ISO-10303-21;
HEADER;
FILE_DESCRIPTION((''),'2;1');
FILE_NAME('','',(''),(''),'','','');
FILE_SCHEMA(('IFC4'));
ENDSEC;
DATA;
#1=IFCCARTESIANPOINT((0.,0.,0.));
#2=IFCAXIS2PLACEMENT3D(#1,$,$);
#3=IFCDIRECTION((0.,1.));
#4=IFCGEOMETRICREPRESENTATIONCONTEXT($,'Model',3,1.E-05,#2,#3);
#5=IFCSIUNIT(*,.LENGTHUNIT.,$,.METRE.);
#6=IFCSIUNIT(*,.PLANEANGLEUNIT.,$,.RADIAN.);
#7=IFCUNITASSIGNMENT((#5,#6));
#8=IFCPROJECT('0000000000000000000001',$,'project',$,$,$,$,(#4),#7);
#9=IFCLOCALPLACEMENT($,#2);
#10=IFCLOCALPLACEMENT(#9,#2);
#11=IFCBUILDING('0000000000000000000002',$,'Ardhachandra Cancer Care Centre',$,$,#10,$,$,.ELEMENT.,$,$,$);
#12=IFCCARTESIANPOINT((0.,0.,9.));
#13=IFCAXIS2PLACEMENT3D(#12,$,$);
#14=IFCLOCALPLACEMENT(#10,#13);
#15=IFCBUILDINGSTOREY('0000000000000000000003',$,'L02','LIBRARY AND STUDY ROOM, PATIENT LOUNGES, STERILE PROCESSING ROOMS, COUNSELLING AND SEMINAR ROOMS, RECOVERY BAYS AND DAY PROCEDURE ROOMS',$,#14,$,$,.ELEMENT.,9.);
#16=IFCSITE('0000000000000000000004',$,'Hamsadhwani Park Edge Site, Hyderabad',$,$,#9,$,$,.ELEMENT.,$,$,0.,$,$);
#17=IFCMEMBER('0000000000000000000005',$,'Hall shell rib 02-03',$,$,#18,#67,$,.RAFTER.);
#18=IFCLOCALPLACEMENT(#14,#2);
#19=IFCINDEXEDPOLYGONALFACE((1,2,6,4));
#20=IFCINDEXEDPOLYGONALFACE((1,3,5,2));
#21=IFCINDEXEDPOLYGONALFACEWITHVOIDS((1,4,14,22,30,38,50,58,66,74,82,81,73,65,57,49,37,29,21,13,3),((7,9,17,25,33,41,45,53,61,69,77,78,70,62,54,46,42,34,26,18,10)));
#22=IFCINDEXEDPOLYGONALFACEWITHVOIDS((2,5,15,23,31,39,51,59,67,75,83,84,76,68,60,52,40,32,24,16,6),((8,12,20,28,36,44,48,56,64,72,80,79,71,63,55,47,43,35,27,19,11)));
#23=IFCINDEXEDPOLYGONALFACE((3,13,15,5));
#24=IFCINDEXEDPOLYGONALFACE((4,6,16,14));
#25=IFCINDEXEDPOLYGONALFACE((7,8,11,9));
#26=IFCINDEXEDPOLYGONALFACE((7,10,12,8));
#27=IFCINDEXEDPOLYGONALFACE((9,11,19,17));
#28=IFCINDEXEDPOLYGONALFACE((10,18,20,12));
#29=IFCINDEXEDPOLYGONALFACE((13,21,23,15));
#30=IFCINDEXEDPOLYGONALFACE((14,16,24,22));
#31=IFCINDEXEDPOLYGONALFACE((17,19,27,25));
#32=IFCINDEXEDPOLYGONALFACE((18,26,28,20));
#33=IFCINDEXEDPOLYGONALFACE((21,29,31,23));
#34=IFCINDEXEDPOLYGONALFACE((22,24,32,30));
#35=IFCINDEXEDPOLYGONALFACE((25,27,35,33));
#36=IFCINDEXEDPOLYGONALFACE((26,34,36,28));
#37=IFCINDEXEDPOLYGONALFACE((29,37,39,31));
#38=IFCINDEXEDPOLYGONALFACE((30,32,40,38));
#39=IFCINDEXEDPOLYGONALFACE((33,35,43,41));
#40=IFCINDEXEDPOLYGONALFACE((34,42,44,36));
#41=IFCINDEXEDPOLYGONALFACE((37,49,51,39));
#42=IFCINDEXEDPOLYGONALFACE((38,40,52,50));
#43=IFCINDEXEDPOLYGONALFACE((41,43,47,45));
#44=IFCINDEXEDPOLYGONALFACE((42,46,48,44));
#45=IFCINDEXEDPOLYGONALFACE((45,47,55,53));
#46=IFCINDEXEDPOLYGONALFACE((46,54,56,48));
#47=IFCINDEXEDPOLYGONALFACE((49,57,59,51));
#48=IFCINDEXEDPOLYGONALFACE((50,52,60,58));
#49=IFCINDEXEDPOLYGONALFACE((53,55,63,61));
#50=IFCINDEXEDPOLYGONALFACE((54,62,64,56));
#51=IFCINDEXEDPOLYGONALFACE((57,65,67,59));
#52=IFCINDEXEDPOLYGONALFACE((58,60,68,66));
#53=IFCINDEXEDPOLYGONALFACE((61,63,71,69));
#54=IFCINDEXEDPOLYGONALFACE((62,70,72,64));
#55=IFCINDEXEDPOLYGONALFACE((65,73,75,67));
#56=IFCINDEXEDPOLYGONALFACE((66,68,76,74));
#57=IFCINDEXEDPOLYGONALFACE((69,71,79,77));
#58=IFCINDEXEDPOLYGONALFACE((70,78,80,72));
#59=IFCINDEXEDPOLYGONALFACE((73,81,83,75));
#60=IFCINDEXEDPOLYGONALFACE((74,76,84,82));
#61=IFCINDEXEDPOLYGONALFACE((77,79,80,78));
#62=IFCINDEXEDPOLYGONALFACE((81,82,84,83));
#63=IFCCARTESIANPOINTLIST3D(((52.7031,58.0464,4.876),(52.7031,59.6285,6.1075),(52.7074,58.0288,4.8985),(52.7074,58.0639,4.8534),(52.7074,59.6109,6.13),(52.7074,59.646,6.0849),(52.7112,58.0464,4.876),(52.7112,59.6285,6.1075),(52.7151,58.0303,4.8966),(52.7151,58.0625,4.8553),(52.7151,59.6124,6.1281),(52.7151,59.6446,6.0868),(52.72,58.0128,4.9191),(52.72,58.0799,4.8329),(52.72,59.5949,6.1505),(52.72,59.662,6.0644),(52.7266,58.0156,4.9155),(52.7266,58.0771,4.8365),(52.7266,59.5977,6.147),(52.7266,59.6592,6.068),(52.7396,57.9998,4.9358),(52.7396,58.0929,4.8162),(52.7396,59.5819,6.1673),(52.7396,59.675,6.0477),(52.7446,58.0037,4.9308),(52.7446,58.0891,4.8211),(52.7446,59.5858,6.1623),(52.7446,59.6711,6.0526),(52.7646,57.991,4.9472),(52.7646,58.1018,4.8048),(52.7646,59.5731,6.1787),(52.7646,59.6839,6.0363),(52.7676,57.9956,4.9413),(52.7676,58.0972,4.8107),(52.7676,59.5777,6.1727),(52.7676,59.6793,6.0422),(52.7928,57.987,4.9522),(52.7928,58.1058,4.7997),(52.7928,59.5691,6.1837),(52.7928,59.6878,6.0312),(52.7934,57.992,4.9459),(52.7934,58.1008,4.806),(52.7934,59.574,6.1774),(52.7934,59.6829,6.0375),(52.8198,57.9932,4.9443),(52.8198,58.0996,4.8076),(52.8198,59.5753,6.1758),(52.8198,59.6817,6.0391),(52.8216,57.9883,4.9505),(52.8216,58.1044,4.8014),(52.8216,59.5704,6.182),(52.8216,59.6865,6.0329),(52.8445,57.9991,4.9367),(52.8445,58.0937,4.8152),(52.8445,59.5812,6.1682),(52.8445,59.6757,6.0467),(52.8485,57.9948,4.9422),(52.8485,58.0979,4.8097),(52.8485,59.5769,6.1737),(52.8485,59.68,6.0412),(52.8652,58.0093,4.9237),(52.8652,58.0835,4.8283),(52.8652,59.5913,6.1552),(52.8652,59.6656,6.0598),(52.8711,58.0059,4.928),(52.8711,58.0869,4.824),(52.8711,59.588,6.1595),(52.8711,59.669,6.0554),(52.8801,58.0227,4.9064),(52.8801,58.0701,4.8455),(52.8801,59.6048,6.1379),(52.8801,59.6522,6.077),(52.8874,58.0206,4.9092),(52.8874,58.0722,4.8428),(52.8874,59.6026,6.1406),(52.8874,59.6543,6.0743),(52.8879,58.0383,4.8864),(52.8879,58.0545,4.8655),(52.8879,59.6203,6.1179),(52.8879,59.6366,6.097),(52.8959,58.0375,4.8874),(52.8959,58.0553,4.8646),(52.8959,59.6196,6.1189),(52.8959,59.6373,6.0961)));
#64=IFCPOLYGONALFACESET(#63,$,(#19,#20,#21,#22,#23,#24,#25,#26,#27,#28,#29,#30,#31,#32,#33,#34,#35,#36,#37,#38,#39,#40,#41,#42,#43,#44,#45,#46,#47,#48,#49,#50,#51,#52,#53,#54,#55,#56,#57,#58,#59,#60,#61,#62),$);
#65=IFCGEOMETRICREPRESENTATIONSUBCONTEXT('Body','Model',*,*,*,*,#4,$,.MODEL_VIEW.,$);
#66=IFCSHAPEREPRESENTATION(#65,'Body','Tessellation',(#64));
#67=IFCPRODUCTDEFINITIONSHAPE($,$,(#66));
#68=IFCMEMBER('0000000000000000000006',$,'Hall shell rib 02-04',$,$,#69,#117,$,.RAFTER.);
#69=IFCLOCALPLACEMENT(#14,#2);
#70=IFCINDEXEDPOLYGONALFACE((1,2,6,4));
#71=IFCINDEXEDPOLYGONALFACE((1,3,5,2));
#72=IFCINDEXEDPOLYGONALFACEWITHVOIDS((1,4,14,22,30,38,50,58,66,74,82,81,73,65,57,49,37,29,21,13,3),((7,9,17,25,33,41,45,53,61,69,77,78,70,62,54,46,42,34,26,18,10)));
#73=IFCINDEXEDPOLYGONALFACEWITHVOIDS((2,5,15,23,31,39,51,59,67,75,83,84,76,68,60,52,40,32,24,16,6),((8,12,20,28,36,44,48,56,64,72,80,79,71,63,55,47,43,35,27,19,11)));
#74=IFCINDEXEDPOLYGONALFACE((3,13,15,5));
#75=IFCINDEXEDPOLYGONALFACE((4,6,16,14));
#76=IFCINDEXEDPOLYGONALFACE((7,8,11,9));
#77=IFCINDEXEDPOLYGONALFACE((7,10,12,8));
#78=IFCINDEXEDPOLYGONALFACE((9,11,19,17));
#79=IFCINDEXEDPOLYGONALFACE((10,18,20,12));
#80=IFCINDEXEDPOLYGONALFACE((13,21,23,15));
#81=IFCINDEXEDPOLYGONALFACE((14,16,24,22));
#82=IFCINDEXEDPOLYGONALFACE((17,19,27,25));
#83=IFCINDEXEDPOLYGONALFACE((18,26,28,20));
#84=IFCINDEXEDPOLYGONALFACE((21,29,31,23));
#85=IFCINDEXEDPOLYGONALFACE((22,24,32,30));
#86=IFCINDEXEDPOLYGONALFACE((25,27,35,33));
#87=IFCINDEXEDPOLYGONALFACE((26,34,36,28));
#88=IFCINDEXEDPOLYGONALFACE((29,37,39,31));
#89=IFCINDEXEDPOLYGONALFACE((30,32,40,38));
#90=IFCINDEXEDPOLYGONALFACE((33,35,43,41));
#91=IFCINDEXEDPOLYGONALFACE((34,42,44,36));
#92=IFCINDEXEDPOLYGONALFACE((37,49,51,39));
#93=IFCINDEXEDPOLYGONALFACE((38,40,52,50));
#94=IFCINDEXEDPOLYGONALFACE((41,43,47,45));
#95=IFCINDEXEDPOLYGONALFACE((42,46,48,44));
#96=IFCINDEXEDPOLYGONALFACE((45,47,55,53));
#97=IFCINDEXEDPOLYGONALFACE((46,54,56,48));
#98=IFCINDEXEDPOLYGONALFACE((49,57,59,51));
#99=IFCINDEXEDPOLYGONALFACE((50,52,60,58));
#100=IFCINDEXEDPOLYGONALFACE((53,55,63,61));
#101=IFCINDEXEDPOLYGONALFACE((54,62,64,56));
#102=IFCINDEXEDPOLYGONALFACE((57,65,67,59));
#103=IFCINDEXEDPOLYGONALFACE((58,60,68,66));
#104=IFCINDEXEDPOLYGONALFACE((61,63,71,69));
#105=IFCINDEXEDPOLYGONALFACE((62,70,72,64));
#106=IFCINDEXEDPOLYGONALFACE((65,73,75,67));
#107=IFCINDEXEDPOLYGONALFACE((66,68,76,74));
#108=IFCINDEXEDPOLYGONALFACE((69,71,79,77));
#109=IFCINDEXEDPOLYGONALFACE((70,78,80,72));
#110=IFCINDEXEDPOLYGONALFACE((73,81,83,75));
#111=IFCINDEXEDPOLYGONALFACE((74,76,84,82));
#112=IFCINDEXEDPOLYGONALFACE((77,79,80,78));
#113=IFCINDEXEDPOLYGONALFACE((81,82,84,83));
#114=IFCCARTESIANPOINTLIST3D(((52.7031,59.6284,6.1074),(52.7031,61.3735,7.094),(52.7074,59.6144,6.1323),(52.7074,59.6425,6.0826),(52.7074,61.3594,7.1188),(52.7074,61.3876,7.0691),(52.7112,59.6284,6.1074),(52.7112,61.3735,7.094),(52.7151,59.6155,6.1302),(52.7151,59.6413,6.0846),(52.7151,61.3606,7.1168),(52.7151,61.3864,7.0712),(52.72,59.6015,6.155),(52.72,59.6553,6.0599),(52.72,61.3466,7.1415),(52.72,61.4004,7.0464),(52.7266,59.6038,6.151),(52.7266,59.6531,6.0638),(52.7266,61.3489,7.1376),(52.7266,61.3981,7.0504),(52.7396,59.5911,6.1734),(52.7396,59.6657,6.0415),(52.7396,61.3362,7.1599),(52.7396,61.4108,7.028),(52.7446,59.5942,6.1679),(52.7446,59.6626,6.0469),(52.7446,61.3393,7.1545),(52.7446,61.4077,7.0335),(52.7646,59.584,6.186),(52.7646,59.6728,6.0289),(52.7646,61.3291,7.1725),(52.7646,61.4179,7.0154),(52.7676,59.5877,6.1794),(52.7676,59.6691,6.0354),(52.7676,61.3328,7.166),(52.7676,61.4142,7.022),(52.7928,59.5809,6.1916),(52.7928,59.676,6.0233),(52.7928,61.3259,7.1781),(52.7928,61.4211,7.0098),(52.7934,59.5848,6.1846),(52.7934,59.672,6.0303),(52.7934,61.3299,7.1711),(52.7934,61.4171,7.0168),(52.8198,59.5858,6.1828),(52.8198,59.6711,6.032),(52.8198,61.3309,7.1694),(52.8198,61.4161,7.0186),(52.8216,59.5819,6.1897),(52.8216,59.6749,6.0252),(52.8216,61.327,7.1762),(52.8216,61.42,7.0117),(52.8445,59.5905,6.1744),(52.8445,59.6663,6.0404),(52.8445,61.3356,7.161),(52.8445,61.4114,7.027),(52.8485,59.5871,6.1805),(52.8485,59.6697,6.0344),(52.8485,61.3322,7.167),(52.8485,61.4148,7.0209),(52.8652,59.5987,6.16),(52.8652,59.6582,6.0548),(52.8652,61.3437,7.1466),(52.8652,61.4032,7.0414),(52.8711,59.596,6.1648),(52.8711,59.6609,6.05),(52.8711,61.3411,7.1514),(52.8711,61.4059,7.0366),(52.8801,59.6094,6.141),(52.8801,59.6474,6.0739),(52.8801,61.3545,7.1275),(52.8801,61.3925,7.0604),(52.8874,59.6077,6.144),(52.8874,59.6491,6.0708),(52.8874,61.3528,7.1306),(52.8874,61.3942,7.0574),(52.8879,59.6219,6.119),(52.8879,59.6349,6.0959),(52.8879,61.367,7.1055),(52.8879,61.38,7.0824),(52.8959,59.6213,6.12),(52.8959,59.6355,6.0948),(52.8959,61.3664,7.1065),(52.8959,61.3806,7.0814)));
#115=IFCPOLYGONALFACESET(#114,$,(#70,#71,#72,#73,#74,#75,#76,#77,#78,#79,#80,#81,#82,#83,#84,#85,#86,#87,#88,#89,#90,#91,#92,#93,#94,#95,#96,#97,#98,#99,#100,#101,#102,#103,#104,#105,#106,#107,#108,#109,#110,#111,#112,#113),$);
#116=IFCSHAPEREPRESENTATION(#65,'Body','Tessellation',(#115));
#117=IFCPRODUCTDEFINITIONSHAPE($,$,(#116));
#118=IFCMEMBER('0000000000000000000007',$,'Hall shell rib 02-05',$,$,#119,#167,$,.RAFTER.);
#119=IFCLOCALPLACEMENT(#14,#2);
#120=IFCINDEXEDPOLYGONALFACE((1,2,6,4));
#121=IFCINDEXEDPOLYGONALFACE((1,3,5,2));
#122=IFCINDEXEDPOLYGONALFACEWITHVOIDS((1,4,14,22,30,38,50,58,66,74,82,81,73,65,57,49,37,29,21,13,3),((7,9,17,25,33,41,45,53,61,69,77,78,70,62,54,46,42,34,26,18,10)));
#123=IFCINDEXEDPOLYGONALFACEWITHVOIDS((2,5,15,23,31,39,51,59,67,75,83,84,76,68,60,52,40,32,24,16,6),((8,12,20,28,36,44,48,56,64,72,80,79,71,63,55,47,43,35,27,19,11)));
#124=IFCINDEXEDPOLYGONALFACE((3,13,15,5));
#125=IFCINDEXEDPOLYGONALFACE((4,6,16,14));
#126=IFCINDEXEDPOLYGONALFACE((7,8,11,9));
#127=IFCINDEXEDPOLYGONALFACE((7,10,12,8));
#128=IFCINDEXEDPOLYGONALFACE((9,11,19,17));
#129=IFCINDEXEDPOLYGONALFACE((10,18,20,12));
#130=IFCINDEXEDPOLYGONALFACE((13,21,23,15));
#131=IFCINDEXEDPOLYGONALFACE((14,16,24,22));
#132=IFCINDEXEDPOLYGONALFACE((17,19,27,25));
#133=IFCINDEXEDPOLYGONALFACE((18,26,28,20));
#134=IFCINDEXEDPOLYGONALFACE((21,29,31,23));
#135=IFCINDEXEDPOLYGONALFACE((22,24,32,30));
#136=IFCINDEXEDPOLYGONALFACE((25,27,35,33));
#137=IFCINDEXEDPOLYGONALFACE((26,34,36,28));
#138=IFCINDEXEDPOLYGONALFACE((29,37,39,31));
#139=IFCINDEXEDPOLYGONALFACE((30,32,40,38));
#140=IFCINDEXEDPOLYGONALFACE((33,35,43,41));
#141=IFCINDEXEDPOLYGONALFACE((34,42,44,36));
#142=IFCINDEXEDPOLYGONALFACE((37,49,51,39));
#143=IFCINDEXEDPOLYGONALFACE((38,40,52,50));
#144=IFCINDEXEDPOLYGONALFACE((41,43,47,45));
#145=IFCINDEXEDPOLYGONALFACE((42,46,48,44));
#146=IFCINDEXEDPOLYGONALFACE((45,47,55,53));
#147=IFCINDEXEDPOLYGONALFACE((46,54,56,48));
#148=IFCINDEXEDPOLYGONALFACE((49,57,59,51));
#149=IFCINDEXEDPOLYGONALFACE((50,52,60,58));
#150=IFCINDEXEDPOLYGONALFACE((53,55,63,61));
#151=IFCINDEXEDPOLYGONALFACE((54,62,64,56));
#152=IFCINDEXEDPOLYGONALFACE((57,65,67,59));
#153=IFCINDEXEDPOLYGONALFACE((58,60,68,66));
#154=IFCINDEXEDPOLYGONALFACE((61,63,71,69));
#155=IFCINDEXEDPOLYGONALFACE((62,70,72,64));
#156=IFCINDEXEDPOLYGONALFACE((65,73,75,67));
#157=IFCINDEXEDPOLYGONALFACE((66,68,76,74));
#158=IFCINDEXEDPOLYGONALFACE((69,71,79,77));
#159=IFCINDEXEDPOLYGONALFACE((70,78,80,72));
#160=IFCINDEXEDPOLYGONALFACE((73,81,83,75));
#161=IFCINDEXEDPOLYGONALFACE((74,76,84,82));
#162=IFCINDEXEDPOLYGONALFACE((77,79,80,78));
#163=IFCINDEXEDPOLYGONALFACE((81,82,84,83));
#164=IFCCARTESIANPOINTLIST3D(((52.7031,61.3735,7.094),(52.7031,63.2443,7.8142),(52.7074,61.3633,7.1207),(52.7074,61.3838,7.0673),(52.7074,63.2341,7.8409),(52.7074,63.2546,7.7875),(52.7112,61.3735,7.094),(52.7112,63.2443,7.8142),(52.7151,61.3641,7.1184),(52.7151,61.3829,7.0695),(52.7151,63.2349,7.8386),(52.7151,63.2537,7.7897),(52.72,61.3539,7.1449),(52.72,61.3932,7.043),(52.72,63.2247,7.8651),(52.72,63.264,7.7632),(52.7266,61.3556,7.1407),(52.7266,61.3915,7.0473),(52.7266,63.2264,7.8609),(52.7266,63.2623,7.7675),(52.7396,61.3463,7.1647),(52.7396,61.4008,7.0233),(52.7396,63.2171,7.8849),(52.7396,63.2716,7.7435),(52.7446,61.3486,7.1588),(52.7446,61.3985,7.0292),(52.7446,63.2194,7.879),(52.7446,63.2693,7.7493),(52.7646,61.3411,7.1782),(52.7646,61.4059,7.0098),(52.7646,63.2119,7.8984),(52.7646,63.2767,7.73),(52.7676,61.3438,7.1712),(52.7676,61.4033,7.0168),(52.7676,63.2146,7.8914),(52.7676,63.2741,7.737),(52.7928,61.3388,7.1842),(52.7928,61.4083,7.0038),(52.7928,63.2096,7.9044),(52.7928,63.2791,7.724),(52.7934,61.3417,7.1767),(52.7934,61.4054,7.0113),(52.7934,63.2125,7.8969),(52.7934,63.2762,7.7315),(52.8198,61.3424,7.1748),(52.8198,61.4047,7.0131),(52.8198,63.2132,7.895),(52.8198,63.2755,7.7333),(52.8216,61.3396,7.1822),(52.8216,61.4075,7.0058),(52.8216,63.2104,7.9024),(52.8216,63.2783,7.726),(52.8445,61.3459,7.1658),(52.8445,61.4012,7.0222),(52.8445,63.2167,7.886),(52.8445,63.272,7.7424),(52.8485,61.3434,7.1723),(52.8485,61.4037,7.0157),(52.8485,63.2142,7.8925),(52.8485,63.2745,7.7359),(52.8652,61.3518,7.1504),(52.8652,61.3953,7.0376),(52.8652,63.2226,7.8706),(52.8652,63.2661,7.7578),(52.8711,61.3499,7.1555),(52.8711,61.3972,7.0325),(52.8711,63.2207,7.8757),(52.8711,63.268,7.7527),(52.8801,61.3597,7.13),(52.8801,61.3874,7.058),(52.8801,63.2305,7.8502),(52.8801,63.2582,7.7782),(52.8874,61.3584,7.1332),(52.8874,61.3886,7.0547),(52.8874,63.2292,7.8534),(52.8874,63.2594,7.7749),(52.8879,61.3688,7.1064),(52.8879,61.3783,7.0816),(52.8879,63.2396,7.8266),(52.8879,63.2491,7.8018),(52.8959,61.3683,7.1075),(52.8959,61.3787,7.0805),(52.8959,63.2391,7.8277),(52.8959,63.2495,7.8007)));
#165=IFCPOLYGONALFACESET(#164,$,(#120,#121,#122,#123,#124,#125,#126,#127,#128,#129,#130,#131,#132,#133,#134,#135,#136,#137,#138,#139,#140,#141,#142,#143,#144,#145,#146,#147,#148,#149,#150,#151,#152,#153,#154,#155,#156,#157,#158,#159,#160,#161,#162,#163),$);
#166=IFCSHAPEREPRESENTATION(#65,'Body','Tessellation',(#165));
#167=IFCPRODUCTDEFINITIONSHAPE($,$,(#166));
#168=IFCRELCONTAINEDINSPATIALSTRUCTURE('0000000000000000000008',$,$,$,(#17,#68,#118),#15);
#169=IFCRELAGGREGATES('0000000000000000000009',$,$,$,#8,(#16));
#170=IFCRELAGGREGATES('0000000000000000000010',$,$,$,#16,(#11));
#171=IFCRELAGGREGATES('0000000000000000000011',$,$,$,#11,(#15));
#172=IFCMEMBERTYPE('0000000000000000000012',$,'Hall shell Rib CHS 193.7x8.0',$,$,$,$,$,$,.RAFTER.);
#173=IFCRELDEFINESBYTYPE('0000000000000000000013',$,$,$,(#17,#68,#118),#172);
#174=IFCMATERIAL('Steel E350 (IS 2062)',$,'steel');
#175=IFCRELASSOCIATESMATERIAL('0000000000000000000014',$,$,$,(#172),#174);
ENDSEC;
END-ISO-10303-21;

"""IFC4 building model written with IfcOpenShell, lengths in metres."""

from ifc_helpers import new_model, si_unit, direction, frame, origin, origin_2d, place, context, subcontext, project, spatial, hollow_circle, extrude, material, material_profile, profile_set, type_object, element, save


model = new_model("IFC4")

# Units and contexts
model_context = context("Model", 3, precision=1e-05, world=origin(), true_north=direction((0.0, 1.0)))
body_context = subcontext(model_context, "Body", "Model", "MODEL_VIEW")
ifc_project = project(units=[si_unit("LENGTHUNIT", "METRE"), si_unit("PLANEANGLEUNIT", "RADIAN")], contexts=[model_context])

# Site, building, storey
site_placement = place(None, origin())
site = spatial("IfcSite", under=ifc_project, at=site_placement, Name="Hamsadhwani Park Edge Site, Hyderabad", CompositionType="ELEMENT", RefElevation=0.0)
building_placement = place(site_placement, origin())
building = spatial("IfcBuilding", under=site, at=building_placement, Name="Ardhachandra Cancer Care Centre", CompositionType="ELEMENT")
storey_placement = place(building_placement, frame((0.0, 0.0, 9.0)))
storey = spatial("IfcBuildingStorey", under=building, at=storey_placement, Name="L02", Description="LIBRARY AND STUDY ROOM, PATIENT LOUNGES, STERILE PROCESSING ROOMS, COUNSELLING AND SEMINAR ROOMS, RECOVERY BAYS AND DAY PROCEDURE ROOMS", CompositionType="ELEMENT", Elevation=9.0)

# Members
ifc_material_1 = material(Name="Steel E350 (IS 2062)", Category="steel")
ifc_material_profile_1 = material_profile(ifc_material_1, hollow_circle(Radius=0.0969, WallThickness=0.0081, at=origin_2d()), Name="CHS 193.7x8.0")
ifc_profile_set_1 = profile_set([ifc_material_profile_1], Name="Steel E350 (IS 2062)")
member_type_1 = type_object("IfcMemberType", Name="Hall shell Rib CHS 193.7x8.0", PredefinedType="RAFTER", material=ifc_profile_set_1)
member_1_placement = place(storey_placement, frame((52.8, 58.0464, 4.876), z_axis=(0.0, 0.789116, 0.614244), x_axis=(-1.0, 0.0, 0.0)))
element("IfcMember", 1, at=member_1_placement, inside=storey, type_object=member_type_1, Name="Hall shell rib 02-03", PredefinedType="RAFTER", context=body_context, shape_type="SweptSolid", body=[
    extrude(hollow_circle(Radius=0.0969, WallThickness=0.0081, at=origin_2d()), origin(), (0.0, 0.0, 1.0), 2.0049),
])
for number, where, z_axis, x_axis, name in (
    (2, (52.8, 59.6284, 6.1074), (0.0, 0.87052, 0.492134), (-1.0, 0.0, 0.0), "Hall shell rib 02-04"),
    (3, (52.8, 61.3735, 7.094), (0.0, 0.933236, 0.359265), (-1.0, 0.0, 0.0), "Hall shell rib 02-05"),
):
    element("IfcMember", number, at=place(storey_placement, frame(where, z_axis=z_axis, x_axis=x_axis)), inside=storey, type_object=member_type_1, Name=name, PredefinedType="RAFTER", context=body_context, shape_type="SweptSolid", body=[
        extrude(hollow_circle(Radius=0.0969, WallThickness=0.0081, at=origin_2d()), origin(), (0.0, 0.0, 1.0), 2.0046),
    ])

save(model, "model.ifc")
